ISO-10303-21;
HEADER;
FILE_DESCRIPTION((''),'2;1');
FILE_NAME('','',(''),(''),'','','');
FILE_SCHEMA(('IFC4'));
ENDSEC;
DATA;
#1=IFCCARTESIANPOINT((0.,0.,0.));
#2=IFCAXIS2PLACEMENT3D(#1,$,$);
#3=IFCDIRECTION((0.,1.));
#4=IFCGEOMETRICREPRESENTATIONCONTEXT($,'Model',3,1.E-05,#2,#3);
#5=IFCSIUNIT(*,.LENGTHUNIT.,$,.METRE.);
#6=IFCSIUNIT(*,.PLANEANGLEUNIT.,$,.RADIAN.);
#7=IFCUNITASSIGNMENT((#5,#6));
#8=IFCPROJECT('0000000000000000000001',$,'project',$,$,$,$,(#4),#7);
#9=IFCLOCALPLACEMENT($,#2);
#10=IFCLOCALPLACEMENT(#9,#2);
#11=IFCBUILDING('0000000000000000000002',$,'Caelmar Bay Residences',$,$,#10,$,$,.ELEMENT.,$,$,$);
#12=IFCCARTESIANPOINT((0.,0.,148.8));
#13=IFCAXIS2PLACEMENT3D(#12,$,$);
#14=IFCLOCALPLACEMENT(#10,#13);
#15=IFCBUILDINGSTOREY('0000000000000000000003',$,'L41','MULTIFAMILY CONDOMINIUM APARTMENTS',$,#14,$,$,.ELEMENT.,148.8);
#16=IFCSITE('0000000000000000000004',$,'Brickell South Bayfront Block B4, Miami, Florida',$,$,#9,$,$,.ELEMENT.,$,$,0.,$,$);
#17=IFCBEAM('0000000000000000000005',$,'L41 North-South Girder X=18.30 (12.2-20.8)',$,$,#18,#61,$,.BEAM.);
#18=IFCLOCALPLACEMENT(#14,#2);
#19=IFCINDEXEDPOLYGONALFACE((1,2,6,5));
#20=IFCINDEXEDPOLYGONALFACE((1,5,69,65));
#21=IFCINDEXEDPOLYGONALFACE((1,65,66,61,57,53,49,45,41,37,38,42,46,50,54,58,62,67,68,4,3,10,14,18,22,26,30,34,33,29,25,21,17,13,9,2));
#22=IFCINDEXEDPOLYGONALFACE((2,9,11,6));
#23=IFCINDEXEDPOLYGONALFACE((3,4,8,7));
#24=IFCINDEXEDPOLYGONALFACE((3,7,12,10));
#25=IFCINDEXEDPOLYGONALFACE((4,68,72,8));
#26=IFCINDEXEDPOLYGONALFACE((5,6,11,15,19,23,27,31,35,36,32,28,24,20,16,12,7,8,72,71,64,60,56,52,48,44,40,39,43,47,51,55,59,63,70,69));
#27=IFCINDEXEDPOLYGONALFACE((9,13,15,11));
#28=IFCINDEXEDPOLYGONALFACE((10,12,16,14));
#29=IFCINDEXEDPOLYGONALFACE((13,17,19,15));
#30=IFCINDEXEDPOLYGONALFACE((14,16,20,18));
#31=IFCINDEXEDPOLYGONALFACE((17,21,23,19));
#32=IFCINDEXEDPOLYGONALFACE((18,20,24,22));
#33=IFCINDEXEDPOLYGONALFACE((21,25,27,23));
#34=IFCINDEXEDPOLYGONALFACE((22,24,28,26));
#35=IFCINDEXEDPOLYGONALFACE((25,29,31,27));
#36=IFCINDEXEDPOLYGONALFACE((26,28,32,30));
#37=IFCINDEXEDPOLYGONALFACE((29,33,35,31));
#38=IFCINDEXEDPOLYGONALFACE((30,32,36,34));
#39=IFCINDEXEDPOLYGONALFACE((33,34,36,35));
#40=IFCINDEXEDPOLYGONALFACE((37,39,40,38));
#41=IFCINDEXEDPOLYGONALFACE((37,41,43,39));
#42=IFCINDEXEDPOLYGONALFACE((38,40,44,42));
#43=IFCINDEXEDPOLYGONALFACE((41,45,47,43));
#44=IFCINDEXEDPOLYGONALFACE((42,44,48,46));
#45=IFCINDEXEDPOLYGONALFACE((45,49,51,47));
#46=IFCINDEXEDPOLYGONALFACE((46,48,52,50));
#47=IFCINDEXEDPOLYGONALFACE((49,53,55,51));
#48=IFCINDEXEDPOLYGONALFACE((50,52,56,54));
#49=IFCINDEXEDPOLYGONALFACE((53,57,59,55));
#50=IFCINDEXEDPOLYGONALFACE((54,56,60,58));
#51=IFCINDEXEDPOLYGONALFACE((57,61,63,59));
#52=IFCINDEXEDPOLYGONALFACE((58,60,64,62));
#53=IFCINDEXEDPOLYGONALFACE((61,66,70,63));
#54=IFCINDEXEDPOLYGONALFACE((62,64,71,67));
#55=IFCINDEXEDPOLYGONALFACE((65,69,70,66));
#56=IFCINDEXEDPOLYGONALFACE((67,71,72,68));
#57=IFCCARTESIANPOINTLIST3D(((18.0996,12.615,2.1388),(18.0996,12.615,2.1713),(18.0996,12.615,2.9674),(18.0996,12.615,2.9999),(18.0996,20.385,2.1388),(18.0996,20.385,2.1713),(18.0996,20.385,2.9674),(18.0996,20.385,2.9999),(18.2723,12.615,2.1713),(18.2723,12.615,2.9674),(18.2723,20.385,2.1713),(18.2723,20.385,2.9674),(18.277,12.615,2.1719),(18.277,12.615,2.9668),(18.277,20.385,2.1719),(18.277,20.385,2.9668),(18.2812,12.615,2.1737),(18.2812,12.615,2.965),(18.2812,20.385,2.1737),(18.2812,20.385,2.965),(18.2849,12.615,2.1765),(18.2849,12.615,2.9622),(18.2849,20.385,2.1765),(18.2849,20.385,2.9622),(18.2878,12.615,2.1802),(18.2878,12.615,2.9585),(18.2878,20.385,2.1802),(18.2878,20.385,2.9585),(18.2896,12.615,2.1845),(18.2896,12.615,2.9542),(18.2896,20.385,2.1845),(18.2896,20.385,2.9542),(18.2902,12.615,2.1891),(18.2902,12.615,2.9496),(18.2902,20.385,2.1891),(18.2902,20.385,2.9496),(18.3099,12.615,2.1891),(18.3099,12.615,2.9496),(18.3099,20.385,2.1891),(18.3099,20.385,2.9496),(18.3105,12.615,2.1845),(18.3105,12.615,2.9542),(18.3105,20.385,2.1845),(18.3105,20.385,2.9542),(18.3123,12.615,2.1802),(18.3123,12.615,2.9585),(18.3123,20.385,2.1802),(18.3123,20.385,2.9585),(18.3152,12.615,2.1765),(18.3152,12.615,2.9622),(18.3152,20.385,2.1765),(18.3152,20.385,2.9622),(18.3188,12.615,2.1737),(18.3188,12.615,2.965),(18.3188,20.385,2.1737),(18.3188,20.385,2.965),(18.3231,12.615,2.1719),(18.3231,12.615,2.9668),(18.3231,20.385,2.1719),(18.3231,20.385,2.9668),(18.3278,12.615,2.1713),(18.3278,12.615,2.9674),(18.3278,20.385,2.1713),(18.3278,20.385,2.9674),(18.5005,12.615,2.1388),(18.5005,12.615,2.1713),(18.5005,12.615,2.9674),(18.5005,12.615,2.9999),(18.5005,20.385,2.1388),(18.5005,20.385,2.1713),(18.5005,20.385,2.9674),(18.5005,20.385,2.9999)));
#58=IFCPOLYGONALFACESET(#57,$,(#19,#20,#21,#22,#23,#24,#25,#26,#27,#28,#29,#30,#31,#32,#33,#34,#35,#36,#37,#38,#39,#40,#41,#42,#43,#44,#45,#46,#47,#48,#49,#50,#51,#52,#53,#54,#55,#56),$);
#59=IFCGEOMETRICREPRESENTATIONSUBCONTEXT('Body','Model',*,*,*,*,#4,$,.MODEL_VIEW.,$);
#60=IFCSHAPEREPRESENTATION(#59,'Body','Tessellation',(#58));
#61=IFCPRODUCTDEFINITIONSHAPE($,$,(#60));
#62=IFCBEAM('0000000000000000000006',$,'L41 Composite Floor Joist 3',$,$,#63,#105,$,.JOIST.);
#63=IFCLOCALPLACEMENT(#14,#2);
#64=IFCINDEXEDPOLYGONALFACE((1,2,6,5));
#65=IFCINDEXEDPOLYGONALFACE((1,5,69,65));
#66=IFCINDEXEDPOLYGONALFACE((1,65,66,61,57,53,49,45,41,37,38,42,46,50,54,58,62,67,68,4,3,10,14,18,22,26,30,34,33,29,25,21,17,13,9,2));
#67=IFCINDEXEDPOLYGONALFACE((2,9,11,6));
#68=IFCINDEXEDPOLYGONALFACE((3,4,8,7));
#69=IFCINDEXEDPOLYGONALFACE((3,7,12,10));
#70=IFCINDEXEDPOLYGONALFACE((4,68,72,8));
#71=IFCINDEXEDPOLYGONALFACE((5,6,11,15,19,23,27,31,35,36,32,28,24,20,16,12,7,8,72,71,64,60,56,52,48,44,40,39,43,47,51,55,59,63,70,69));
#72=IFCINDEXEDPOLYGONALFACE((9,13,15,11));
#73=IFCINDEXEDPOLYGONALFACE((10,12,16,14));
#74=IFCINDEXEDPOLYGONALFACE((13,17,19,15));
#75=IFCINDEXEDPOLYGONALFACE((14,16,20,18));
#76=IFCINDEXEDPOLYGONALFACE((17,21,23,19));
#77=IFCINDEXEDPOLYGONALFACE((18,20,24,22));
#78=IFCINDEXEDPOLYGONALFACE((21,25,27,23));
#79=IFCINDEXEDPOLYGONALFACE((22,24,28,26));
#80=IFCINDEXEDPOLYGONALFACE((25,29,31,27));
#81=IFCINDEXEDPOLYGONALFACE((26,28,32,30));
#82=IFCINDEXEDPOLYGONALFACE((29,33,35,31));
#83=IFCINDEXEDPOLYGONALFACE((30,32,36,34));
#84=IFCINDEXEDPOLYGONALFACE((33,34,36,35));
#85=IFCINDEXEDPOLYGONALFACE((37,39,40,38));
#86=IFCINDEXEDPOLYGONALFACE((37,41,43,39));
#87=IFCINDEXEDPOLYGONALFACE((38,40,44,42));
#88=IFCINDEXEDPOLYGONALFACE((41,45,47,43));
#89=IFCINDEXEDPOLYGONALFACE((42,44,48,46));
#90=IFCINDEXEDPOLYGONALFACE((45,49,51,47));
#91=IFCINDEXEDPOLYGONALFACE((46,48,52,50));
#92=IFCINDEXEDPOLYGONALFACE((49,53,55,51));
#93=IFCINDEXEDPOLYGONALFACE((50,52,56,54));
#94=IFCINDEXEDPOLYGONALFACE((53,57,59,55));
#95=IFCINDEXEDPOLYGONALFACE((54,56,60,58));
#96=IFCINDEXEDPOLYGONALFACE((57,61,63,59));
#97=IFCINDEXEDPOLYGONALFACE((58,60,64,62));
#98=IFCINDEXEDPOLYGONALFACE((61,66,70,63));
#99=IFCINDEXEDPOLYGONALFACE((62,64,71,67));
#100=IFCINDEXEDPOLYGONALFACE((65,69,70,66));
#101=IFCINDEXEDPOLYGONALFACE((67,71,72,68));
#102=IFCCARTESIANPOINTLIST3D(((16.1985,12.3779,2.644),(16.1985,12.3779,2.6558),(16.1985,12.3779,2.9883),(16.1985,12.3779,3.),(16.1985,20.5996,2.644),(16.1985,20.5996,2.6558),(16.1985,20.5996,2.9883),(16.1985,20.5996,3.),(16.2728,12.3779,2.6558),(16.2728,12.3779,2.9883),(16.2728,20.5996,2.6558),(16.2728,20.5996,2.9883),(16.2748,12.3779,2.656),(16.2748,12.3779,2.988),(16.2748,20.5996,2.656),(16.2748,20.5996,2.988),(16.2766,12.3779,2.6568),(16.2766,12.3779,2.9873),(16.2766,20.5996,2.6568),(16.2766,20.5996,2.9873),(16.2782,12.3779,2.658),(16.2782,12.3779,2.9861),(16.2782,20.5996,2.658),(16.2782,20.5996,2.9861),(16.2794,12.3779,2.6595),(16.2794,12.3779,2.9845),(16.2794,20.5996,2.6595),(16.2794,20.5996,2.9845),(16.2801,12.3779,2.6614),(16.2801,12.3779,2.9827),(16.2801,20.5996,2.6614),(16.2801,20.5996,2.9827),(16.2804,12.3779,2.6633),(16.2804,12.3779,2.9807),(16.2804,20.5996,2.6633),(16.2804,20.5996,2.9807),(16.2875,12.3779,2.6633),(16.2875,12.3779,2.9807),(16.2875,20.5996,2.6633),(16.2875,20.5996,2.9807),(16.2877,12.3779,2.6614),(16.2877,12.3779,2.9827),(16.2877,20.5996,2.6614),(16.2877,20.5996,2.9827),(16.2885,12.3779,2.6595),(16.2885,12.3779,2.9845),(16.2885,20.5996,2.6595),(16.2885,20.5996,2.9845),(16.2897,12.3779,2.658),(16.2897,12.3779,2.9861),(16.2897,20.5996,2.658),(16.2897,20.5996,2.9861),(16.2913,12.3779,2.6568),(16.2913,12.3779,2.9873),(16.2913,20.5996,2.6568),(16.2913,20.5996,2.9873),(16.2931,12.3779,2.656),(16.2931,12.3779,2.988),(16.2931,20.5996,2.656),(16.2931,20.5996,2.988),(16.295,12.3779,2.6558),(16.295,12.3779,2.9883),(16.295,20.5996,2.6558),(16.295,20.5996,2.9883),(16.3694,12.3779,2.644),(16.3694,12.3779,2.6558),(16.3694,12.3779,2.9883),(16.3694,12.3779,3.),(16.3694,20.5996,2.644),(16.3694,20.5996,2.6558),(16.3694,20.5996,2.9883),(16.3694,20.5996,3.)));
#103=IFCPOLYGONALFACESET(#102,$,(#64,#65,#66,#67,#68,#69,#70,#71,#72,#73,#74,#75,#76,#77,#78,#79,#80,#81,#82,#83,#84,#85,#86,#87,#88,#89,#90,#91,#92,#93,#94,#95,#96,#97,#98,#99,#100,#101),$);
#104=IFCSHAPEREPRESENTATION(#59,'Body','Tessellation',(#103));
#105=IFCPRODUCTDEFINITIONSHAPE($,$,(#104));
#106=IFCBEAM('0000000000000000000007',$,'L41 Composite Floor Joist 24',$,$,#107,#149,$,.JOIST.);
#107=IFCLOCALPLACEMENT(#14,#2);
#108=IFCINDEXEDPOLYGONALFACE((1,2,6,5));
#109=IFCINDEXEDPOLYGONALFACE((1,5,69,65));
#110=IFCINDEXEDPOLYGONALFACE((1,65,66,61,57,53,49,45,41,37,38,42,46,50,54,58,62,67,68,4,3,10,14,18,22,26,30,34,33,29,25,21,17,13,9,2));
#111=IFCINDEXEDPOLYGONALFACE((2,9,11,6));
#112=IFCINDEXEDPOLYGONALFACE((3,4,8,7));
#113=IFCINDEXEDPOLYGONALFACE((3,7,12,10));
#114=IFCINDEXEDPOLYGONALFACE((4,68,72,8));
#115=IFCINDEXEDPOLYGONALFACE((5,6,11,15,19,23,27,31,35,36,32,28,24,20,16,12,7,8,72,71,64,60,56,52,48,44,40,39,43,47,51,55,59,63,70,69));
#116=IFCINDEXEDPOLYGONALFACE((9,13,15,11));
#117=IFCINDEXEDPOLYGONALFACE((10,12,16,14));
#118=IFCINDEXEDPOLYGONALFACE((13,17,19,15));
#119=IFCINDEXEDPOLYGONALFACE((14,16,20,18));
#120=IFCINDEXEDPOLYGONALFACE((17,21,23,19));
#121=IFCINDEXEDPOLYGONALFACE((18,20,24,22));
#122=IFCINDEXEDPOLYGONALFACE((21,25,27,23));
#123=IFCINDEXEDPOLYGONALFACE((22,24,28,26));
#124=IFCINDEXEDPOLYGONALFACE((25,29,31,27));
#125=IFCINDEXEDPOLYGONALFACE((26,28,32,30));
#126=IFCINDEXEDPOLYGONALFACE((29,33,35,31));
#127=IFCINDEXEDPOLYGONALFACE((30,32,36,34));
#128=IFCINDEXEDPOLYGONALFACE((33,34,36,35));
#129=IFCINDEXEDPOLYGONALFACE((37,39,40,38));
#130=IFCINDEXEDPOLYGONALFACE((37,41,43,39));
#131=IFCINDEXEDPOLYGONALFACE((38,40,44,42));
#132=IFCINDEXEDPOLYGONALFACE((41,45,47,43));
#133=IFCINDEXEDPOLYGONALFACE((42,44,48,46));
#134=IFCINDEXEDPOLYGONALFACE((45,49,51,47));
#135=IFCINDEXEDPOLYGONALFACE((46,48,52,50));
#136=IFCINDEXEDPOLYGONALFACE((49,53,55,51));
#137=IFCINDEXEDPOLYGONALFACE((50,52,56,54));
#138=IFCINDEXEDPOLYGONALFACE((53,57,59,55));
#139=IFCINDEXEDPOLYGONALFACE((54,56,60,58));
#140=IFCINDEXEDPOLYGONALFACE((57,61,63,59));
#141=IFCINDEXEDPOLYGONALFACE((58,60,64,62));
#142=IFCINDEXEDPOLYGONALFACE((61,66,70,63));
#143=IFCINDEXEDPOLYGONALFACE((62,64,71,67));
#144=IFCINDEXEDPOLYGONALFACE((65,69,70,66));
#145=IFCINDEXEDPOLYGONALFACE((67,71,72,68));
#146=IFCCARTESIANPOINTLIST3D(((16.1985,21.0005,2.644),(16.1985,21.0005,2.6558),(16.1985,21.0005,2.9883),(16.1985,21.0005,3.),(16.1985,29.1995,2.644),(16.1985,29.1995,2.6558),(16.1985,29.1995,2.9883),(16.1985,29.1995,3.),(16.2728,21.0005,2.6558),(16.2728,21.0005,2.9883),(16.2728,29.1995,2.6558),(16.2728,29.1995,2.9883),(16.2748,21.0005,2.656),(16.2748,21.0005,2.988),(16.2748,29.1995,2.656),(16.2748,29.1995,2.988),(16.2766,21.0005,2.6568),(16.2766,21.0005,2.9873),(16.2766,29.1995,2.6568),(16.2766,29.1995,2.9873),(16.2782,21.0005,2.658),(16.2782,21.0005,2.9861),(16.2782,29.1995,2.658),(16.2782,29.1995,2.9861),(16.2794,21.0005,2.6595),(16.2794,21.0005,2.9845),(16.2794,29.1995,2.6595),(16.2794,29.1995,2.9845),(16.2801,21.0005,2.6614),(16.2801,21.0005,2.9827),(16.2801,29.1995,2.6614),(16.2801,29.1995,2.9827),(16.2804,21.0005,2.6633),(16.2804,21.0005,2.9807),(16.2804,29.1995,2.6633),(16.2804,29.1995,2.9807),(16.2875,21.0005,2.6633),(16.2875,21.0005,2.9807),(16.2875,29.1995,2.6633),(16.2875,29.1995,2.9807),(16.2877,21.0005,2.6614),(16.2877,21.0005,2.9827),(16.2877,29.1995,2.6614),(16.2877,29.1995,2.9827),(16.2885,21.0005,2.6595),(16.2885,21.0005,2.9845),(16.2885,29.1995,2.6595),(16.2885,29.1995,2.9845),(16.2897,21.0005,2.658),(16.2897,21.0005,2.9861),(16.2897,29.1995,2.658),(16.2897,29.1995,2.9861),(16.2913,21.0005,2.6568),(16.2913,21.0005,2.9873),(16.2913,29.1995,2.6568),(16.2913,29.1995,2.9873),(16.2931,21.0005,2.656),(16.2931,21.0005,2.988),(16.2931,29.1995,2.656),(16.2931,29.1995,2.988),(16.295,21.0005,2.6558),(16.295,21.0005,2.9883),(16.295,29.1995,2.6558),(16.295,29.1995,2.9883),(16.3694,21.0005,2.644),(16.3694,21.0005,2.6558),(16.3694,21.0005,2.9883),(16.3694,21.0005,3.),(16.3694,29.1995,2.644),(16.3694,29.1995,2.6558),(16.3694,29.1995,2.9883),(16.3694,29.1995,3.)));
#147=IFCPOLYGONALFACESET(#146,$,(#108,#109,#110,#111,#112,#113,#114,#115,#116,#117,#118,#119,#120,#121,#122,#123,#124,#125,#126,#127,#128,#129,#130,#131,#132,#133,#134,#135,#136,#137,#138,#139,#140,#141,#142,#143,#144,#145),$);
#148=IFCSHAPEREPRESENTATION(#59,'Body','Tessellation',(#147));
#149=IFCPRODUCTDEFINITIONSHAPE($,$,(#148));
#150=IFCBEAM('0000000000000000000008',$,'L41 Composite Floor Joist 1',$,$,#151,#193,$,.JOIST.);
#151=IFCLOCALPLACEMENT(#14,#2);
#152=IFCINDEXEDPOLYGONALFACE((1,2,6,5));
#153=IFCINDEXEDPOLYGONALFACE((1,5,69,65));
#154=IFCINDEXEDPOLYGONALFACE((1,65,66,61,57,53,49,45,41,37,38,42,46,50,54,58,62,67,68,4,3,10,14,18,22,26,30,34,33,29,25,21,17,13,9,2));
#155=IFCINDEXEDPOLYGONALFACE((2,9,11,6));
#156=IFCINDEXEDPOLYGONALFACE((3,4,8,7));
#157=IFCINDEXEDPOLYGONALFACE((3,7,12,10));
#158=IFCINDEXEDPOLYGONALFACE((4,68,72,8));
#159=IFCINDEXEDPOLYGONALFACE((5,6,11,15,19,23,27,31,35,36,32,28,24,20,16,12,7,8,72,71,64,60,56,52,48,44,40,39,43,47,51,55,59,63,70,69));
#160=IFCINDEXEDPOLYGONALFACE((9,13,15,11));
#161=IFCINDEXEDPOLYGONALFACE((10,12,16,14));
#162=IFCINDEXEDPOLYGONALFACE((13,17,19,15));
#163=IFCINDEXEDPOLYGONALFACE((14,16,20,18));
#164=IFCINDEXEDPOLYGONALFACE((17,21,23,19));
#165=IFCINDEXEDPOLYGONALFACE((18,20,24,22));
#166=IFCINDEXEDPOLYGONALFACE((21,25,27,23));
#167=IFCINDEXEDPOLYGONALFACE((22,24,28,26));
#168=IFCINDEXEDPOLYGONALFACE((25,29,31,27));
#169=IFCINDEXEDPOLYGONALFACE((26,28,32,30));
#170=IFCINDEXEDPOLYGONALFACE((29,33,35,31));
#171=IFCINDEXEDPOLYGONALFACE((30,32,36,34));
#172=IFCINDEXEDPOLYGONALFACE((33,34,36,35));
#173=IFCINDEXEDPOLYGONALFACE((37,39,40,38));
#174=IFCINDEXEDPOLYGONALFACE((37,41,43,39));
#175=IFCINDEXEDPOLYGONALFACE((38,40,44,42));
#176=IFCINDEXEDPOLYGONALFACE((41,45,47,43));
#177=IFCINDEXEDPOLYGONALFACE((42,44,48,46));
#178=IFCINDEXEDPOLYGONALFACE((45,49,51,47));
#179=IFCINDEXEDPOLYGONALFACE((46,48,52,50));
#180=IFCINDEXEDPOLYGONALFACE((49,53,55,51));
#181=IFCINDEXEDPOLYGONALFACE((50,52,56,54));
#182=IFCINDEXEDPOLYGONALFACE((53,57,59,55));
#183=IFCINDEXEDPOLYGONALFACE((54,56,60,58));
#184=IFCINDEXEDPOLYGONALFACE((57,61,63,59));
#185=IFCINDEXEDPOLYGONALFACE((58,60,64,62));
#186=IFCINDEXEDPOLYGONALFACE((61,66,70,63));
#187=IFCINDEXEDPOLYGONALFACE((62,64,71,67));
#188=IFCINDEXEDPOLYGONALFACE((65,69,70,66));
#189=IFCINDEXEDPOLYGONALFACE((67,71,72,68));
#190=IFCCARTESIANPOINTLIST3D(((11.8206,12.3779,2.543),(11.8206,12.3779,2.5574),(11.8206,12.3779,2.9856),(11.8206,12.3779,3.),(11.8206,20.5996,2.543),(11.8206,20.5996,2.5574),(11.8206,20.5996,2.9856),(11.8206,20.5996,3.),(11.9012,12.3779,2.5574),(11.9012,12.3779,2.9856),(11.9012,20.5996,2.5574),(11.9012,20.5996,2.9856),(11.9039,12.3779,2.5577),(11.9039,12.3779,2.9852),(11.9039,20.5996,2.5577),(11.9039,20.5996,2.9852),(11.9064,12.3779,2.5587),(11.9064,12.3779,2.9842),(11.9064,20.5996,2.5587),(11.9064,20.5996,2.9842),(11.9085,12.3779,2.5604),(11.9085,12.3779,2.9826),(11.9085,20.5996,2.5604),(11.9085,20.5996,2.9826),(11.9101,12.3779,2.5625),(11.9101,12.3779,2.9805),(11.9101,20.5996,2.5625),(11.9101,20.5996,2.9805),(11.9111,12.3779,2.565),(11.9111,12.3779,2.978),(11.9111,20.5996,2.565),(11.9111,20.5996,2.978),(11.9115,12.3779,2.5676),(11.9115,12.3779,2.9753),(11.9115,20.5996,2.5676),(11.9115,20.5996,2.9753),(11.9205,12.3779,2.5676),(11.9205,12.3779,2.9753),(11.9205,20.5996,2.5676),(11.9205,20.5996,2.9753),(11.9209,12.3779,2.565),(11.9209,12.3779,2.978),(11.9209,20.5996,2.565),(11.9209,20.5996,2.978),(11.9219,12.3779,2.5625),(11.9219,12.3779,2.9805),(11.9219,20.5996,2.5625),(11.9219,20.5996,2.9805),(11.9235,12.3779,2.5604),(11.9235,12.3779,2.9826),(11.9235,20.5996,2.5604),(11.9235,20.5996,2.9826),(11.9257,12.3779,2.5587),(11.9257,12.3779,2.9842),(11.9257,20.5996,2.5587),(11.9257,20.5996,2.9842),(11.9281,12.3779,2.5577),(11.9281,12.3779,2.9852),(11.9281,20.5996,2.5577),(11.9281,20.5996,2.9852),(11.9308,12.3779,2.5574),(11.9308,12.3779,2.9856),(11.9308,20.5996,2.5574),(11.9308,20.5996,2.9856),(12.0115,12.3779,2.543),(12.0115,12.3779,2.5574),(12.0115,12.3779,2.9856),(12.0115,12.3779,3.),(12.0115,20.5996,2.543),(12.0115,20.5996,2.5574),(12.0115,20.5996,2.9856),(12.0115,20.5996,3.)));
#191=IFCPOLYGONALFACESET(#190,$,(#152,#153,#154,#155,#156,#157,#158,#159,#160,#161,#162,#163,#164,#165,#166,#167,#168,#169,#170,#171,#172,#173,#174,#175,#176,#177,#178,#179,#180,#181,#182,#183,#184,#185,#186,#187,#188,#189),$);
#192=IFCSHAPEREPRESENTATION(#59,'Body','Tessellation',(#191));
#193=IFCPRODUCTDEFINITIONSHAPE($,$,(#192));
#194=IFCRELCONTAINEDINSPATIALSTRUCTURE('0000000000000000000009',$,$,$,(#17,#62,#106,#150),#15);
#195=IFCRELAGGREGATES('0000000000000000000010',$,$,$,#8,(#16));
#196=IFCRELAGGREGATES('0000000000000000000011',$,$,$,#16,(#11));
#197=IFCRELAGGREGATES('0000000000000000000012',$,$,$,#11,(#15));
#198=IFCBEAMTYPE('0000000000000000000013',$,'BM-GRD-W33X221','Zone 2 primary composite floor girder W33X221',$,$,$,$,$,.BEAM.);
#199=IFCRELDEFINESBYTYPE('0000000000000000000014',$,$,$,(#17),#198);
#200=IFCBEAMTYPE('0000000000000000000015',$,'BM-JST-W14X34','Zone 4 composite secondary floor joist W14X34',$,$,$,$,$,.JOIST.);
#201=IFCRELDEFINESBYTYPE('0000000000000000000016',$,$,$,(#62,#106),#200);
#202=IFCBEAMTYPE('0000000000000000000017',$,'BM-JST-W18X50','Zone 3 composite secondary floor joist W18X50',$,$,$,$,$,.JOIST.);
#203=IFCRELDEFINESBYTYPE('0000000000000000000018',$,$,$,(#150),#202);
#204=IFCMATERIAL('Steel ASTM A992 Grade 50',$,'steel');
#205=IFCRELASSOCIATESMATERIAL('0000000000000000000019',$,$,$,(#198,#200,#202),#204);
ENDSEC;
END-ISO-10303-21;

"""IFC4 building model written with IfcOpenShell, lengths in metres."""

from ifc_helpers import new_model, si_unit, direction, frame, origin, origin_2d, place, context, subcontext, project, spatial, i_section, extrude, material, material_profile, profile_set, type_object, element, save


model = new_model("IFC4")

# Units and contexts
model_context = context("Model", 3, precision=1e-05, world=origin(), true_north=direction((0.0, 1.0)))
body_context = subcontext(model_context, "Body", "Model", "MODEL_VIEW")
ifc_project = project(units=[si_unit("LENGTHUNIT", "METRE"), si_unit("PLANEANGLEUNIT", "RADIAN")], contexts=[model_context])

# Site, building, storey
site_placement = place(None, origin())
site = spatial("IfcSite", under=ifc_project, at=site_placement, Name="Brickell South Bayfront Block B4, Miami, Florida", CompositionType="ELEMENT", RefElevation=0.0)
building_placement = place(site_placement, origin())
building = spatial("IfcBuilding", under=site, at=building_placement, Name="Caelmar Bay Residences", CompositionType="ELEMENT")
storey_placement = place(building_placement, frame((0.0, 0.0, 148.8)))
storey = spatial("IfcBuildingStorey", under=building, at=storey_placement, Name="L41", Description="MULTIFAMILY CONDOMINIUM APARTMENTS", CompositionType="ELEMENT", Elevation=148.8)

# Beams
ifc_material_1 = material(Name="Steel ASTM A992 Grade 50", Category="steel")
ifc_material_profile_1 = material_profile(ifc_material_1, i_section(OverallWidth=0.4009, OverallDepth=0.8611, WebThickness=0.0198, FlangeThickness=0.0325, FilletRadius=0.0178, at=origin_2d()), Name="W33X221")
ifc_profile_set_1 = profile_set([ifc_material_profile_1], Name="Steel ASTM A992 Grade 50")
beam_type_1 = type_object("IfcBeamType", Name="BM-GRD-W33X221", Description="Zone 2 primary composite floor girder W33X221", PredefinedType="BEAM", material=ifc_profile_set_1)
for number, where, z_axis, x_axis, name in (
    (1, (18.3, 12.615, 2.5693), (0.0, 1.0, 0.0), (-1.0, 0.0, 0.0), "L41 North-South Girder X=18.30 (12.2-20.8)"),
):
    element("IfcBeam", number, at=place(storey_placement, frame(where, z_axis=z_axis, x_axis=x_axis)), inside=storey, type_object=beam_type_1, Name=name, PredefinedType="BEAM", context=body_context, shape_type="SweptSolid", body=[
        extrude(i_section(OverallWidth=0.4009, OverallDepth=0.8611, WebThickness=0.0198, FlangeThickness=0.0325, FilletRadius=0.0178, at=origin_2d()), origin(), (0.0, 0.0, 1.0), 7.77),
    ])
ifc_material_profile_2 = material_profile(ifc_material_1, i_section(OverallWidth=0.1709, OverallDepth=0.356, WebThickness=0.0071, FlangeThickness=0.0117, FilletRadius=0.0076, at=origin_2d()), Name="W14X34")
ifc_profile_set_2 = profile_set([ifc_material_profile_2], Name="Steel ASTM A992 Grade 50")
beam_type_2 = type_object("IfcBeamType", Name="BM-JST-W14X34", Description="Zone 4 composite secondary floor joist W14X34", PredefinedType="JOIST", material=ifc_profile_set_2)
beam_1_placement = place(storey_placement, frame((16.2839, 12.3779, 2.822), z_axis=(0.0, 1.0, 0.0), x_axis=(-1.0, 0.0, 0.0)))
element("IfcBeam", 2, at=beam_1_placement, inside=storey, type_object=beam_type_2, Name="L41 Composite Floor Joist 3", PredefinedType="JOIST", context=body_context, shape_type="SweptSolid", body=[
    extrude(i_section(OverallWidth=0.1709, OverallDepth=0.356, WebThickness=0.0071, FlangeThickness=0.0117, FilletRadius=0.0076, at=origin_2d()), origin(), (0.0, 0.0, 1.0), 8.2217),
])
beam_2_placement = place(storey_placement, frame((16.2839, 21.0005, 2.822), z_axis=(0.0, 1.0, 0.0), x_axis=(-1.0, 0.0, 0.0)))
element("IfcBeam", 3, at=beam_2_placement, inside=storey, type_object=beam_type_2, Name="L41 Composite Floor Joist 24", PredefinedType="JOIST", context=body_context, shape_type="SweptSolid", body=[
    extrude(i_section(OverallWidth=0.1709, OverallDepth=0.356, WebThickness=0.0071, FlangeThickness=0.0117, FilletRadius=0.0076, at=origin_2d()), origin(), (0.0, 0.0, 1.0), 8.199),
])
ifc_material_profile_3 = material_profile(ifc_material_1, i_section(OverallWidth=0.1909, OverallDepth=0.457, WebThickness=0.009, FlangeThickness=0.0144, FilletRadius=0.0103, at=origin_2d()), Name="W18X50")
ifc_profile_set_3 = profile_set([ifc_material_profile_3], Name="Steel ASTM A992 Grade 50")
beam_type_3 = type_object("IfcBeamType", Name="BM-JST-W18X50", Description="Zone 3 composite secondary floor joist W18X50", PredefinedType="JOIST", material=ifc_profile_set_3)
beam_3_placement = place(storey_placement, frame((11.916, 12.3779, 2.7715), z_axis=(0.0, 1.0, 0.0), x_axis=(-1.0, 0.0, 0.0)))
element("IfcBeam", 4, at=beam_3_placement, inside=storey, type_object=beam_type_3, Name="L41 Composite Floor Joist 1", PredefinedType="JOIST", context=body_context, shape_type="SweptSolid", body=[
    extrude(i_section(OverallWidth=0.1909, OverallDepth=0.457, WebThickness=0.009, FlangeThickness=0.0144, FilletRadius=0.0103, at=origin_2d()), origin(), (0.0, 0.0, 1.0), 8.2217),
])

save(model, "model.ifc")
